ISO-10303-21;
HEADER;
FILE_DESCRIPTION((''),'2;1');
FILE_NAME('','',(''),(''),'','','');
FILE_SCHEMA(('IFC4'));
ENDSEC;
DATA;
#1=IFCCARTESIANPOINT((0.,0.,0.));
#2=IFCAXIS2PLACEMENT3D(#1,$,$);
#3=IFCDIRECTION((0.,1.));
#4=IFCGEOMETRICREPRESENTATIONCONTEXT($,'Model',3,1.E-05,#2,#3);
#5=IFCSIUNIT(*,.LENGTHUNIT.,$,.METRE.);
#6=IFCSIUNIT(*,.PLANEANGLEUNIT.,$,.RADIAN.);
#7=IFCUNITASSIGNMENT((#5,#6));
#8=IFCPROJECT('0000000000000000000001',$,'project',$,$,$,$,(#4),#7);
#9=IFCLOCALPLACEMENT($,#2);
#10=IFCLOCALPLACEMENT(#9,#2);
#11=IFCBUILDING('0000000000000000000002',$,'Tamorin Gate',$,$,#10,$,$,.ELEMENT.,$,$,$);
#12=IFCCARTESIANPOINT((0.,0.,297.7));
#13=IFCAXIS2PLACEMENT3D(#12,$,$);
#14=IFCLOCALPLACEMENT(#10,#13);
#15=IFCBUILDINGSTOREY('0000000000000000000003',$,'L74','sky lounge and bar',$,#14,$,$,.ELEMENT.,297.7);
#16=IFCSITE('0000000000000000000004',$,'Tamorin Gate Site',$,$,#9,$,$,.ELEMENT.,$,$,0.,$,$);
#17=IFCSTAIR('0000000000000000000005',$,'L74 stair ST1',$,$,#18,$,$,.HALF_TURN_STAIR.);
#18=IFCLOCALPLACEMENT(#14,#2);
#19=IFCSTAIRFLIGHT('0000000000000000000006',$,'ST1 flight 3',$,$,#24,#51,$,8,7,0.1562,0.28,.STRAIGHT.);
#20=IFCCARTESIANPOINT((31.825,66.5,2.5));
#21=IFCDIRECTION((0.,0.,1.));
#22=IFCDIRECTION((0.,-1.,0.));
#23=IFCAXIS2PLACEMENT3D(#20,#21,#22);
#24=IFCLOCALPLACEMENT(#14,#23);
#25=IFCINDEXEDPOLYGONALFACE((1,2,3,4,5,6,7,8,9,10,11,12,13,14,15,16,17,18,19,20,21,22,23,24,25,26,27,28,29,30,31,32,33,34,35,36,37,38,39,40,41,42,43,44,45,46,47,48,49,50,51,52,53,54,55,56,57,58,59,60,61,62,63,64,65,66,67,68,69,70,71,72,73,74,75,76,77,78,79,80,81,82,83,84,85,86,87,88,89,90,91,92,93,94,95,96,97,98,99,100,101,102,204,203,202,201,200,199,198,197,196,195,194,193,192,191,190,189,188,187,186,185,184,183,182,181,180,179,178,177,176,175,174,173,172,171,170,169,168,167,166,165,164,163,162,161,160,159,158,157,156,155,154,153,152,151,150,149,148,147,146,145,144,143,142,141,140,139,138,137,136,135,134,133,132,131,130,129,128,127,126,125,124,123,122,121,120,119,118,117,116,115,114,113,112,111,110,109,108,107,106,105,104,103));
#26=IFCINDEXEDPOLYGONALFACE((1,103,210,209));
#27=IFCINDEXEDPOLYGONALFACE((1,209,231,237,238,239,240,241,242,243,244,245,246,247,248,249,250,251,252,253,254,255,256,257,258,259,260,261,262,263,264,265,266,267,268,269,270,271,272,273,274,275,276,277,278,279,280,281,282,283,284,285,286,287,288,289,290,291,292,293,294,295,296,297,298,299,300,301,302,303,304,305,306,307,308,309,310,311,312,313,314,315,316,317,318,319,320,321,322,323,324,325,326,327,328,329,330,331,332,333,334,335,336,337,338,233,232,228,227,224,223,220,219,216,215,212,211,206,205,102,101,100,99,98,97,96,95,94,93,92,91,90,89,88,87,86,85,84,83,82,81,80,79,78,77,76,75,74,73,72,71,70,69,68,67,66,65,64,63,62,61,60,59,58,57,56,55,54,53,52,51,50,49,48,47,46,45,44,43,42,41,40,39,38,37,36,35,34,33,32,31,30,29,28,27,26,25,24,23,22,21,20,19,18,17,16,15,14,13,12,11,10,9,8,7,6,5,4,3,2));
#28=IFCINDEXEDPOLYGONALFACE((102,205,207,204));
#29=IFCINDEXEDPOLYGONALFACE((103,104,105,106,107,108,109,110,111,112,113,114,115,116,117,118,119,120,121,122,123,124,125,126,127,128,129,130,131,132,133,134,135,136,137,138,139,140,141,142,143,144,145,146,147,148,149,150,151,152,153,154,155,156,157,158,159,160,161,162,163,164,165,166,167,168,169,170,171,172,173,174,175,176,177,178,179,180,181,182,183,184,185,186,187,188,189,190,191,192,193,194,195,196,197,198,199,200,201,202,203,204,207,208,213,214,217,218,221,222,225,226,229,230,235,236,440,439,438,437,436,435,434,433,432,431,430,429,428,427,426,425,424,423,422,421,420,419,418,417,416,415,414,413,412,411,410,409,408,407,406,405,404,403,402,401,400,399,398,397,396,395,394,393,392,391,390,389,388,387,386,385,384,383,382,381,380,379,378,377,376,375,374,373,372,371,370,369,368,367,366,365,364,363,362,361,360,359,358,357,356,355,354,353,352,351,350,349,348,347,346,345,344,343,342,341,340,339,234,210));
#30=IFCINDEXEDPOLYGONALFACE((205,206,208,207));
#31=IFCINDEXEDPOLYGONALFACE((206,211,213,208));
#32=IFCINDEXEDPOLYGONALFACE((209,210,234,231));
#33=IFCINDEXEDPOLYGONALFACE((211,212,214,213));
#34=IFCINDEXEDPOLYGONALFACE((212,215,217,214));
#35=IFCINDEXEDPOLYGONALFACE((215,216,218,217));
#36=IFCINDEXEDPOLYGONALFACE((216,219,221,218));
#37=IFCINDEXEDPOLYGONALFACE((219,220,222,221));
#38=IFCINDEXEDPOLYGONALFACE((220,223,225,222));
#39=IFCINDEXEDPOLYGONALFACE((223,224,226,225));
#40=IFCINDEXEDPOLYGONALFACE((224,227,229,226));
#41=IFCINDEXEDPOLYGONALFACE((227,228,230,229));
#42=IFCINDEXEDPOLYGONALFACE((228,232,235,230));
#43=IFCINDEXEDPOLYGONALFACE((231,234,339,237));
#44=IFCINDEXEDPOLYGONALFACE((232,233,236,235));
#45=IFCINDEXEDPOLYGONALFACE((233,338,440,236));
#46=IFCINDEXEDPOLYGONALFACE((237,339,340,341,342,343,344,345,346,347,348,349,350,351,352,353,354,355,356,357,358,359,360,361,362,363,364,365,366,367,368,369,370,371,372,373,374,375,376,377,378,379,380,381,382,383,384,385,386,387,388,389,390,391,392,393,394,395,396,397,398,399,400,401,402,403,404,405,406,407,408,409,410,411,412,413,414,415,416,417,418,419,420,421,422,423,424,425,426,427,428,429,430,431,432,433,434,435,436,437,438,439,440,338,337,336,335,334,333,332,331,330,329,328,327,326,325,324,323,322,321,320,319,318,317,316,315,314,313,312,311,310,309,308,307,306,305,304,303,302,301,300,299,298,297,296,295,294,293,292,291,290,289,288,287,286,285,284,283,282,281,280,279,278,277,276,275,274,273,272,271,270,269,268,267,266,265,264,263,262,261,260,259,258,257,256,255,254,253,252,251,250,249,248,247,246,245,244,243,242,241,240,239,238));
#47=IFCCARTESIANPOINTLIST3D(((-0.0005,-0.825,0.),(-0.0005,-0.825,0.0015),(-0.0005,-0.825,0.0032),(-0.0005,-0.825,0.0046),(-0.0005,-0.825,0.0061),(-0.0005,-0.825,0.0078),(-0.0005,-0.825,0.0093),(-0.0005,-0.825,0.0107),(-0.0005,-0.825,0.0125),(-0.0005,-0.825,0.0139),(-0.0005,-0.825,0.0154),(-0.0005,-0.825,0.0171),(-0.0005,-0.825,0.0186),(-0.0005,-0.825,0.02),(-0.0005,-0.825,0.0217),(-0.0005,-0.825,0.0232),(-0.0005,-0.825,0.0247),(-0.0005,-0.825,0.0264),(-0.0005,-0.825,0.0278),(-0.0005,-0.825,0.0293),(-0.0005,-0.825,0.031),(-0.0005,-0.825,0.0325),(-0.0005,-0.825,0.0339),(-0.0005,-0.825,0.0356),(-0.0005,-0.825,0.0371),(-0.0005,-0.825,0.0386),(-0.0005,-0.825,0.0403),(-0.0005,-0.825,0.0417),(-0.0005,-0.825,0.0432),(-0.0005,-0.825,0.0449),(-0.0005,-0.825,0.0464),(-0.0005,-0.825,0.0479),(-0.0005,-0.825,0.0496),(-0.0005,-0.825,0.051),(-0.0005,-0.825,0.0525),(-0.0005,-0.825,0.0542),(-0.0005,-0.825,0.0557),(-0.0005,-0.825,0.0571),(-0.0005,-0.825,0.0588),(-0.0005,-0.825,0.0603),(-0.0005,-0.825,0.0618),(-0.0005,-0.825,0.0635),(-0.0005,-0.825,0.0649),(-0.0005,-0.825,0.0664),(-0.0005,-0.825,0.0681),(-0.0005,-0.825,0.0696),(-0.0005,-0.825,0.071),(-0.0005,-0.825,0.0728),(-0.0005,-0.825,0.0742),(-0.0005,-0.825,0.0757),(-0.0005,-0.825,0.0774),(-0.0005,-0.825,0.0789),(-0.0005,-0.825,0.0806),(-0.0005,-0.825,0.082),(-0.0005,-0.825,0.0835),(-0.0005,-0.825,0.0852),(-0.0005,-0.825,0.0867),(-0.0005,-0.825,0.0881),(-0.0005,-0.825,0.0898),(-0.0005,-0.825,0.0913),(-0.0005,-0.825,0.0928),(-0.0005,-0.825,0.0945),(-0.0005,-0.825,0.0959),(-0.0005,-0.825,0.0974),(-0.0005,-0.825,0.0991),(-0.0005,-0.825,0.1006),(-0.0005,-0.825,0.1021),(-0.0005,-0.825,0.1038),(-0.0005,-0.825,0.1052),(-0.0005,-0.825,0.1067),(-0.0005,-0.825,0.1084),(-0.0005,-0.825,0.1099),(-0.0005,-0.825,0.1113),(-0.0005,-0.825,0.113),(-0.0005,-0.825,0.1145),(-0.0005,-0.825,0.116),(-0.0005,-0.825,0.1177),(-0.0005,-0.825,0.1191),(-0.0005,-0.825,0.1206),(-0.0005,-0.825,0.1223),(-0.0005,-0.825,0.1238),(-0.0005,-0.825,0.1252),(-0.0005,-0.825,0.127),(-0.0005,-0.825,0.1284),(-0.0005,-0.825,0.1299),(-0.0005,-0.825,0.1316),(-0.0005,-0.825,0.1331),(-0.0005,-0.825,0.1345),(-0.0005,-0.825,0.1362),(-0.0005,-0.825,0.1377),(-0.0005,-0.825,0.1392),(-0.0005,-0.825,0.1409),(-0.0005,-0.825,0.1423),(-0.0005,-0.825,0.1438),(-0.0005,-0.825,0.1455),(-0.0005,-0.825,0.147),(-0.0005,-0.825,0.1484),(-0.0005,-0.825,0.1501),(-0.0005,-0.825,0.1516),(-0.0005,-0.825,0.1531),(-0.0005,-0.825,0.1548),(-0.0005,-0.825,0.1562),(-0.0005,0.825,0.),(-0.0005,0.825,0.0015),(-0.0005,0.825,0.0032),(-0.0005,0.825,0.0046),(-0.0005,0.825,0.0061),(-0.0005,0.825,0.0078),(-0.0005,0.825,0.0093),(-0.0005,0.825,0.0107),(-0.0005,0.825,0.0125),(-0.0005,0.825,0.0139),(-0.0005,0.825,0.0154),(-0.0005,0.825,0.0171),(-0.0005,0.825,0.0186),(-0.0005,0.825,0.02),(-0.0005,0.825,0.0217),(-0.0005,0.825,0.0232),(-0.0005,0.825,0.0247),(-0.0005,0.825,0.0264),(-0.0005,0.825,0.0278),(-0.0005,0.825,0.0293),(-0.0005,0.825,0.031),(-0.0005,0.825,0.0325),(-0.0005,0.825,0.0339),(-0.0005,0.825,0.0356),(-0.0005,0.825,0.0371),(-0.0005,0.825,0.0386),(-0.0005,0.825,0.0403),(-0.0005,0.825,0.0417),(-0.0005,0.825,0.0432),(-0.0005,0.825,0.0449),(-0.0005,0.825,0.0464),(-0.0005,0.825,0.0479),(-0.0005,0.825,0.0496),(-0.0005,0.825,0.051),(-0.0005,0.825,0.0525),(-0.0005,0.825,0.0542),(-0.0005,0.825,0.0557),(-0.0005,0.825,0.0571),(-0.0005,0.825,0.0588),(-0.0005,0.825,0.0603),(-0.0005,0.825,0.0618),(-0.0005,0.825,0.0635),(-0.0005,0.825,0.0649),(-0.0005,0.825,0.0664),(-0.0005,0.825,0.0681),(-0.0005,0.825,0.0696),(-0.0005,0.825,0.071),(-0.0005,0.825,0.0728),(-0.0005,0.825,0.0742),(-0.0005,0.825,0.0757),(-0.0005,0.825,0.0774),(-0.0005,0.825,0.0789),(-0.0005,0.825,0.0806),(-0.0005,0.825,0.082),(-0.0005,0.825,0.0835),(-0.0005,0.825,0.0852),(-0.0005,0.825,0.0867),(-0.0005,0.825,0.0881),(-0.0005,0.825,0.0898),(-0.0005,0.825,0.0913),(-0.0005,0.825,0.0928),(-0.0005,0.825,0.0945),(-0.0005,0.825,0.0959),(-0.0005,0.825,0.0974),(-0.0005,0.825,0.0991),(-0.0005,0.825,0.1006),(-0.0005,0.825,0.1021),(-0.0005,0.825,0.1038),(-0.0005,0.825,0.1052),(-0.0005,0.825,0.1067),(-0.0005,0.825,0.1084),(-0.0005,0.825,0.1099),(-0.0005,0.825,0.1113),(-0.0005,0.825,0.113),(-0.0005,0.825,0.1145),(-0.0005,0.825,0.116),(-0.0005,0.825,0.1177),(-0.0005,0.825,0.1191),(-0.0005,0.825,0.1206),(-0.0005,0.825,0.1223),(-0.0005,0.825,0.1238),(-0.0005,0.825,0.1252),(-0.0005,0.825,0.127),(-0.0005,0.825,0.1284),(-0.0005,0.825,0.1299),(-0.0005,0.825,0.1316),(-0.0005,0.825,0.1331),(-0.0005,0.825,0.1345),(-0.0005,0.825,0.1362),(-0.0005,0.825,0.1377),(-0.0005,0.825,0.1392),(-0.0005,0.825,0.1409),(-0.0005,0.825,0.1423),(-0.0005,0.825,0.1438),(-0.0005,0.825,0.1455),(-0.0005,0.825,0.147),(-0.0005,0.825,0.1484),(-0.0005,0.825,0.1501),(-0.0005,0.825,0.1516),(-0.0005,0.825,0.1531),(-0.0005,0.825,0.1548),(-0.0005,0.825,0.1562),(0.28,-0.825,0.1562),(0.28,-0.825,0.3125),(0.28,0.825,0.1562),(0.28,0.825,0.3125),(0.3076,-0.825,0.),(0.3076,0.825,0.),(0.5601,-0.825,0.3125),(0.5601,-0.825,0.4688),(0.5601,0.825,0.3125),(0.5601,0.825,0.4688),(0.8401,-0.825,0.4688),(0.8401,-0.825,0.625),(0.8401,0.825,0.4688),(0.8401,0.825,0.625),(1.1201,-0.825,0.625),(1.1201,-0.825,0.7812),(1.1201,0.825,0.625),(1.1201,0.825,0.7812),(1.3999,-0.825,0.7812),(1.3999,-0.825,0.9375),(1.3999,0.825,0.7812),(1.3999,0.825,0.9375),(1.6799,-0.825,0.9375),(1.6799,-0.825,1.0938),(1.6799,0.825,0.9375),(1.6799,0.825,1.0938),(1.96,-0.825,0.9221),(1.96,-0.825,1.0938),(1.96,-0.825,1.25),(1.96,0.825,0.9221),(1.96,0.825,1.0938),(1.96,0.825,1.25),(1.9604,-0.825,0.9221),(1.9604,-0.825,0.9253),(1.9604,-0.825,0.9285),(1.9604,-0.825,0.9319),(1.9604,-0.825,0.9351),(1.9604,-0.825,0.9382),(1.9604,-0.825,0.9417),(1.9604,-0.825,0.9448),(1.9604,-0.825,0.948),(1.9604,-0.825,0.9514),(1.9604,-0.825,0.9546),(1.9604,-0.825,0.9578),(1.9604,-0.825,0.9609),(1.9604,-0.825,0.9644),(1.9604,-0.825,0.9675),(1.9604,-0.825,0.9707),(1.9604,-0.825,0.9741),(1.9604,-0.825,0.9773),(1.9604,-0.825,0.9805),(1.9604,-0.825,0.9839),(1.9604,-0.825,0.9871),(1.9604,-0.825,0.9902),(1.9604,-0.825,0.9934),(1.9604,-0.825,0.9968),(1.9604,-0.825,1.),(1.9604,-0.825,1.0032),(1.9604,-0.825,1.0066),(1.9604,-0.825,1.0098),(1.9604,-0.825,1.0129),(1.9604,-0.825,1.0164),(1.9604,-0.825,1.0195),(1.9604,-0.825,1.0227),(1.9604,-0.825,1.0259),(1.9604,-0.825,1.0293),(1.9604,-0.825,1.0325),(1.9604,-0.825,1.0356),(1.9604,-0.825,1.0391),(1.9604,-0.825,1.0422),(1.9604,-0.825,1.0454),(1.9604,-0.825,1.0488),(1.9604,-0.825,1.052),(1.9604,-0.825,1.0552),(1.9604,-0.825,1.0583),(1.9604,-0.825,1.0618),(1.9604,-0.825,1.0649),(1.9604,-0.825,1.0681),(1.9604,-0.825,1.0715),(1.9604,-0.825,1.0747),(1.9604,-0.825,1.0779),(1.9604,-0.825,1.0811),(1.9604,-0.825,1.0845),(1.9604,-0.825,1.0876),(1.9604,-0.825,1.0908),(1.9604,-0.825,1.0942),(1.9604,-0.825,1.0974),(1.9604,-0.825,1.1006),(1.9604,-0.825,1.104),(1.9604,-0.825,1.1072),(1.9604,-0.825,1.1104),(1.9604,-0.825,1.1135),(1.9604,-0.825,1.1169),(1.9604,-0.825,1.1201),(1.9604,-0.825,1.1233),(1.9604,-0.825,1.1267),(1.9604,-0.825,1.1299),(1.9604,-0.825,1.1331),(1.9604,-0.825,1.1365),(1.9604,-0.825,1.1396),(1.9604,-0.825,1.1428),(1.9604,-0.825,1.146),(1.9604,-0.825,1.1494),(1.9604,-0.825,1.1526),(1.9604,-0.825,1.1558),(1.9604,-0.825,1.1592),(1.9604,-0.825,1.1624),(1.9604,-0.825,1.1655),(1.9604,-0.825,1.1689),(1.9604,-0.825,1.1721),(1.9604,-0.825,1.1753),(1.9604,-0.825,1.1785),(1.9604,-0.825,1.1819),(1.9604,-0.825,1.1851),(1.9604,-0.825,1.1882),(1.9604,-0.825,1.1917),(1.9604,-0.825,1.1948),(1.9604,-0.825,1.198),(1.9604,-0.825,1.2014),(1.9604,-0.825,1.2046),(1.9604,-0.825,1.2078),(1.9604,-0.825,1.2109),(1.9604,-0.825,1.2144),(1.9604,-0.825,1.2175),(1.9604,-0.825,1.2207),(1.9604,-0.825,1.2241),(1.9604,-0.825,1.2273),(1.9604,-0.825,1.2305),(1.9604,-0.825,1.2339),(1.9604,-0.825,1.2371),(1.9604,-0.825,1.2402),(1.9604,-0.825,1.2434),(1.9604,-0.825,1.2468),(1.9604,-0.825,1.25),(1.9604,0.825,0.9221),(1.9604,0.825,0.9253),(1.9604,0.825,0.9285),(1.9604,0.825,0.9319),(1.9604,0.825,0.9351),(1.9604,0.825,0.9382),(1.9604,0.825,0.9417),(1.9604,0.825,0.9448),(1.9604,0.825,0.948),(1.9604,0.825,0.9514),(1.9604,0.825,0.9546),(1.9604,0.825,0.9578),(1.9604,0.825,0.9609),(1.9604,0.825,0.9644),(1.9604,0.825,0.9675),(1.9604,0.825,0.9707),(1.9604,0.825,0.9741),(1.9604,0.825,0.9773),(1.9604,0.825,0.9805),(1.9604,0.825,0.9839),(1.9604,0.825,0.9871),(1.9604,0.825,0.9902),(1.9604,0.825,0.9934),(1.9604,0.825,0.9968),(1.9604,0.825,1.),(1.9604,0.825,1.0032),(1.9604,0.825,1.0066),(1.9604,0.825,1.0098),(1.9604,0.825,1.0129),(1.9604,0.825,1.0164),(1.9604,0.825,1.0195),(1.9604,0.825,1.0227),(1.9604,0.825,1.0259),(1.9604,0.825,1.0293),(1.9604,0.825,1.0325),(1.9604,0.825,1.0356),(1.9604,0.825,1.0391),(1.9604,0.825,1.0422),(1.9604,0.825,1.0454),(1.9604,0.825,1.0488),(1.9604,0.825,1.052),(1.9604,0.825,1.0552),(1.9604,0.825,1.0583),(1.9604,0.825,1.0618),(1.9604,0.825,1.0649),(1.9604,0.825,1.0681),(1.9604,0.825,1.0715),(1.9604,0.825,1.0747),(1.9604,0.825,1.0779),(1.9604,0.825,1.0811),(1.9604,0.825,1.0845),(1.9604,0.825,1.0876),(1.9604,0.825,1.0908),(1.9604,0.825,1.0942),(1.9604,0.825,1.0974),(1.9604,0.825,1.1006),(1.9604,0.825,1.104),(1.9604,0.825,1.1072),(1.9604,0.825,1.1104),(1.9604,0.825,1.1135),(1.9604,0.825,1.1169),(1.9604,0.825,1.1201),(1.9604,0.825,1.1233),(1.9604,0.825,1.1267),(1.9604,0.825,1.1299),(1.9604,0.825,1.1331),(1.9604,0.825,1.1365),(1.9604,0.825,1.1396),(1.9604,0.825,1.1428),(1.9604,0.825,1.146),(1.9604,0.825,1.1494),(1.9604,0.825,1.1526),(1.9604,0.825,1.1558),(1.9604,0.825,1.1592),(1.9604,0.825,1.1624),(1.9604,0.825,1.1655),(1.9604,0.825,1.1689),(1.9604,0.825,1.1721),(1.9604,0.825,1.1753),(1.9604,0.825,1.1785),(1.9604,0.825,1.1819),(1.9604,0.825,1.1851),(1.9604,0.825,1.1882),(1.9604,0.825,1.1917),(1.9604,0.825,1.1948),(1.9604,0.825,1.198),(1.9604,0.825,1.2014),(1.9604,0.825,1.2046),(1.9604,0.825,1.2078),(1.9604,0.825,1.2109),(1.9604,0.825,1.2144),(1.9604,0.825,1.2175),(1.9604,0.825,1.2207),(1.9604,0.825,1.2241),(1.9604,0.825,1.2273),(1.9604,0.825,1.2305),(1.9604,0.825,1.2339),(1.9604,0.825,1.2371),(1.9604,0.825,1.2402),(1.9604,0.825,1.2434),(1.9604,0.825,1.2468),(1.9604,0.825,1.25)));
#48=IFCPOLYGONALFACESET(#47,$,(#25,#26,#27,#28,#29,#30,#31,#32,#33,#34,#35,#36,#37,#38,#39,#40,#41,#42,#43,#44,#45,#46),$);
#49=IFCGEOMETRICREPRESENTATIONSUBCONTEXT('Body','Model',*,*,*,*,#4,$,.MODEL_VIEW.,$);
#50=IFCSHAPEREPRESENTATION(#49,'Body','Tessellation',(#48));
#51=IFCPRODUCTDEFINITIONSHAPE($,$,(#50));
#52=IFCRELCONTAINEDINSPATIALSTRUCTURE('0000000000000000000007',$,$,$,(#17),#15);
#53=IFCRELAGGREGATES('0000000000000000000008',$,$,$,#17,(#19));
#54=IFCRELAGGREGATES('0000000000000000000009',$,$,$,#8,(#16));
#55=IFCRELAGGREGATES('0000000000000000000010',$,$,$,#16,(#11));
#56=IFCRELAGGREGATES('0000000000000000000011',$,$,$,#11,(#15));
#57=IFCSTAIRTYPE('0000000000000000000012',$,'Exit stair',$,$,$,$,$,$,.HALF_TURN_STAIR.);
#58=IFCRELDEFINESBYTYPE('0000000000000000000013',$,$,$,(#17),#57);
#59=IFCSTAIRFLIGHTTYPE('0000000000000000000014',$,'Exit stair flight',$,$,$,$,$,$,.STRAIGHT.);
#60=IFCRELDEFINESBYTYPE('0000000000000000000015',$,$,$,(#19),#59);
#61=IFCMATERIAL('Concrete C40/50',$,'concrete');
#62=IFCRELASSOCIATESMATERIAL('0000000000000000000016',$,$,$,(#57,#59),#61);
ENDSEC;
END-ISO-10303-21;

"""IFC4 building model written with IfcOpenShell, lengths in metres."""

from ifc_helpers import new_model, si_unit, direction, frame, origin, place, context, subcontext, project, spatial, polyline, outline, extrude, material, type_object, element, aggregate, save


model = new_model("IFC4")

# Units and contexts
model_context = context("Model", 3, precision=1e-05, world=origin(), true_north=direction((0.0, 1.0)))
body_context = subcontext(model_context, "Body", "Model", "MODEL_VIEW")
ifc_project = project(units=[si_unit("LENGTHUNIT", "METRE"), si_unit("PLANEANGLEUNIT", "RADIAN")], contexts=[model_context])

# Site, building, storey
site_placement = place(None, origin())
site = spatial("IfcSite", under=ifc_project, at=site_placement, Name="Tamorin Gate Site", CompositionType="ELEMENT", RefElevation=0.0)
building_placement = place(site_placement, origin())
building = spatial("IfcBuilding", under=site, at=building_placement, Name="Tamorin Gate", CompositionType="ELEMENT")
storey_placement = place(building_placement, frame((0.0, 0.0, 297.7)))
storey = spatial("IfcBuildingStorey", under=building, at=storey_placement, Name="L74", Description="sky lounge and bar", CompositionType="ELEMENT", Elevation=297.7)

# Stair, stair flight
ifc_material_1 = material(Name="Concrete C40/50", Category="concrete")
stair_type = type_object("IfcStairType", Name="Exit stair", PredefinedType="HALF_TURN_STAIR", material=ifc_material_1)
stair_placement = place(storey_placement, origin())
stair = element("IfcStair", 1, at=stair_placement, inside=storey, type_object=stair_type, Name="L74 stair ST1", PredefinedType="HALF_TURN_STAIR")
stair_flight_type = type_object("IfcStairFlightType", Name="Exit stair flight", PredefinedType="STRAIGHT", material=ifc_material_1)
stair_flight_1_placement = place(storey_placement, frame((31.825, 66.5, 2.5), z_axis=(0.0, 0.0, 1.0), x_axis=(0.0, -1.0, 0.0)))
stair_flight_1 = element("IfcStairFlight", 2, at=stair_flight_1_placement, type_object=stair_flight_type, Name="ST1 flight 3", NumberOfRisers=8, NumberOfTreads=7, PredefinedType="STRAIGHT", RiserHeight=0.1562, TreadLength=0.28, context=body_context, shape_type="SweptSolid", body=[
    extrude(outline(polyline([(-0.0005, 0.0), (-0.0005, 0.0015), (-0.0005, 0.0032), (-0.0005, 0.0046), (-0.0005, 0.0061), (-0.0005, 0.0078), (-0.0005, 0.0093), (-0.0005, 0.0107), (-0.0005, 0.0125), (-0.0005, 0.0139), (-0.0005, 0.0154), (-0.0005, 0.0171), (-0.0005, 0.0186), (-0.0005, 0.02), (-0.0005, 0.0217), (-0.0005, 0.0232), (-0.0005, 0.0247), (-0.0005, 0.0264), (-0.0005, 0.0278), (-0.0005, 0.0293), (-0.0005, 0.031), (-0.0005, 0.0325), (-0.0005, 0.0339), (-0.0005, 0.0356), (-0.0005, 0.0371), (-0.0005, 0.0386), (-0.0005, 0.0403), (-0.0005, 0.0417), (-0.0005, 0.0432), (-0.0005, 0.0449), (-0.0005, 0.0464), (-0.0005, 0.0479), (-0.0005, 0.0496), (-0.0005, 0.051), (-0.0005, 0.0525), (-0.0005, 0.0542), (-0.0005, 0.0557), (-0.0005, 0.0571), (-0.0005, 0.0588), (-0.0005, 0.0603), (-0.0005, 0.0618), (-0.0005, 0.0635), (-0.0005, 0.0649), (-0.0005, 0.0664), (-0.0005, 0.0681), (-0.0005, 0.0696), (-0.0005, 0.071), (-0.0005, 0.0728), (-0.0005, 0.0742), (-0.0005, 0.0757), (-0.0005, 0.0774), (-0.0005, 0.0789), (-0.0005, 0.0806), (-0.0005, 0.082), (-0.0005, 0.0835), (-0.0005, 0.0852), (-0.0005, 0.0867), (-0.0005, 0.0881), (-0.0005, 0.0898), (-0.0005, 0.0913), (-0.0005, 0.0928), (-0.0005, 0.0945), (-0.0005, 0.0959), (-0.0005, 0.0974), (-0.0005, 0.0991), (-0.0005, 0.1006), (-0.0005, 0.1021), (-0.0005, 0.1038), (-0.0005, 0.1052), (-0.0005, 0.1067), (-0.0005, 0.1084), (-0.0005, 0.1099), (-0.0005, 0.1113), (-0.0005, 0.113), (-0.0005, 0.1145), (-0.0005, 0.116), (-0.0005, 0.1177), (-0.0005, 0.1191), (-0.0005, 0.1206), (-0.0005, 0.1223), (-0.0005, 0.1238), (-0.0005, 0.1252), (-0.0005, 0.127), (-0.0005, 0.1284), (-0.0005, 0.1299), (-0.0005, 0.1316), (-0.0005, 0.1331), (-0.0005, 0.1345), (-0.0005, 0.1362), (-0.0005, 0.1377), (-0.0005, 0.1392), (-0.0005, 0.1409), (-0.0005, 0.1423), (-0.0005, 0.1438), (-0.0005, 0.1455), (-0.0005, 0.147), (-0.0005, 0.1484), (-0.0005, 0.1501), (-0.0005, 0.1516), (-0.0005, 0.1531), (-0.0005, 0.1548), (-0.0005, 0.1562), (0.28, 0.1562), (0.28, 0.3125), (0.5601, 0.3125), (0.5601, 0.4688), (0.8401, 0.4688), (0.8401, 0.625), (1.1201, 0.625), (1.1201, 0.7812), (1.3999, 0.7812), (1.3999, 0.9375), (1.6799, 0.9375), (1.6799, 1.0938), (1.96, 1.0938), (1.96, 1.25), (1.9604, 1.25), (1.9604, 1.2468), (1.9604, 1.2434), (1.9604, 1.2402), (1.9604, 1.2371), (1.9604, 1.2339), (1.9604, 1.2305), (1.9604, 1.2273), (1.9604, 1.2241), (1.9604, 1.2207), (1.9604, 1.2175), (1.9604, 1.2144), (1.9604, 1.2109), (1.9604, 1.2078), (1.9604, 1.2046), (1.9604, 1.2014), (1.9604, 1.198), (1.9604, 1.1948), (1.9604, 1.1917), (1.9604, 1.1882), (1.9604, 1.1851), (1.9604, 1.1819), (1.9604, 1.1785), (1.9604, 1.1753), (1.9604, 1.1721), (1.9604, 1.1689), (1.9604, 1.1655), (1.9604, 1.1624), (1.9604, 1.1592), (1.9604, 1.1558), (1.9604, 1.1526), (1.9604, 1.1494), (1.9604, 1.146), (1.9604, 1.1428), (1.9604, 1.1396), (1.9604, 1.1365), (1.9604, 1.1331), (1.9604, 1.1299), (1.9604, 1.1267), (1.9604, 1.1233), (1.9604, 1.1201), (1.9604, 1.1169), (1.9604, 1.1135), (1.9604, 1.1104), (1.9604, 1.1072), (1.9604, 1.104), (1.9604, 1.1006), (1.9604, 1.0974), (1.9604, 1.0942), (1.9604, 1.0908), (1.9604, 1.0876), (1.9604, 1.0845), (1.9604, 1.0811), (1.9604, 1.0779), (1.9604, 1.0747), (1.9604, 1.0715), (1.9604, 1.0681), (1.9604, 1.0649), (1.9604, 1.0618), (1.9604, 1.0583), (1.9604, 1.0552), (1.9604, 1.052), (1.9604, 1.0488), (1.9604, 1.0454), (1.9604, 1.0422), (1.9604, 1.0391), (1.9604, 1.0356), (1.9604, 1.0325), (1.9604, 1.0293), (1.9604, 1.0259), (1.9604, 1.0227), (1.9604, 1.0195), (1.9604, 1.0164), (1.9604, 1.0129), (1.9604, 1.0098), (1.9604, 1.0066), (1.9604, 1.0032), (1.9604, 1.0), (1.9604, 0.9968), (1.9604, 0.9934), (1.9604, 0.9902), (1.9604, 0.9871), (1.9604, 0.9839), (1.9604, 0.9805), (1.9604, 0.9773), (1.9604, 0.9741), (1.9604, 0.9707), (1.9604, 0.9675), (1.9604, 0.9644), (1.9604, 0.9609), (1.9604, 0.9578), (1.9604, 0.9546), (1.9604, 0.9514), (1.9604, 0.948), (1.9604, 0.9448), (1.9604, 0.9417), (1.9604, 0.9382), (1.9604, 0.9351), (1.9604, 0.9319), (1.9604, 0.9285), (1.9604, 0.9253), (1.9604, 0.9221), (1.96, 0.9221), (0.3076, 0.0), (-0.0005, 0.0)])), frame((0.0, 0.825, 0.0), z_axis=(0.0, -1.0, 0.0), x_axis=(1.0, 0.0, 0.0)), (0.0, 0.0, 1.0), 1.6499),
])
aggregate(stair, [stair_flight_1])

save(model, "model.ifc")
